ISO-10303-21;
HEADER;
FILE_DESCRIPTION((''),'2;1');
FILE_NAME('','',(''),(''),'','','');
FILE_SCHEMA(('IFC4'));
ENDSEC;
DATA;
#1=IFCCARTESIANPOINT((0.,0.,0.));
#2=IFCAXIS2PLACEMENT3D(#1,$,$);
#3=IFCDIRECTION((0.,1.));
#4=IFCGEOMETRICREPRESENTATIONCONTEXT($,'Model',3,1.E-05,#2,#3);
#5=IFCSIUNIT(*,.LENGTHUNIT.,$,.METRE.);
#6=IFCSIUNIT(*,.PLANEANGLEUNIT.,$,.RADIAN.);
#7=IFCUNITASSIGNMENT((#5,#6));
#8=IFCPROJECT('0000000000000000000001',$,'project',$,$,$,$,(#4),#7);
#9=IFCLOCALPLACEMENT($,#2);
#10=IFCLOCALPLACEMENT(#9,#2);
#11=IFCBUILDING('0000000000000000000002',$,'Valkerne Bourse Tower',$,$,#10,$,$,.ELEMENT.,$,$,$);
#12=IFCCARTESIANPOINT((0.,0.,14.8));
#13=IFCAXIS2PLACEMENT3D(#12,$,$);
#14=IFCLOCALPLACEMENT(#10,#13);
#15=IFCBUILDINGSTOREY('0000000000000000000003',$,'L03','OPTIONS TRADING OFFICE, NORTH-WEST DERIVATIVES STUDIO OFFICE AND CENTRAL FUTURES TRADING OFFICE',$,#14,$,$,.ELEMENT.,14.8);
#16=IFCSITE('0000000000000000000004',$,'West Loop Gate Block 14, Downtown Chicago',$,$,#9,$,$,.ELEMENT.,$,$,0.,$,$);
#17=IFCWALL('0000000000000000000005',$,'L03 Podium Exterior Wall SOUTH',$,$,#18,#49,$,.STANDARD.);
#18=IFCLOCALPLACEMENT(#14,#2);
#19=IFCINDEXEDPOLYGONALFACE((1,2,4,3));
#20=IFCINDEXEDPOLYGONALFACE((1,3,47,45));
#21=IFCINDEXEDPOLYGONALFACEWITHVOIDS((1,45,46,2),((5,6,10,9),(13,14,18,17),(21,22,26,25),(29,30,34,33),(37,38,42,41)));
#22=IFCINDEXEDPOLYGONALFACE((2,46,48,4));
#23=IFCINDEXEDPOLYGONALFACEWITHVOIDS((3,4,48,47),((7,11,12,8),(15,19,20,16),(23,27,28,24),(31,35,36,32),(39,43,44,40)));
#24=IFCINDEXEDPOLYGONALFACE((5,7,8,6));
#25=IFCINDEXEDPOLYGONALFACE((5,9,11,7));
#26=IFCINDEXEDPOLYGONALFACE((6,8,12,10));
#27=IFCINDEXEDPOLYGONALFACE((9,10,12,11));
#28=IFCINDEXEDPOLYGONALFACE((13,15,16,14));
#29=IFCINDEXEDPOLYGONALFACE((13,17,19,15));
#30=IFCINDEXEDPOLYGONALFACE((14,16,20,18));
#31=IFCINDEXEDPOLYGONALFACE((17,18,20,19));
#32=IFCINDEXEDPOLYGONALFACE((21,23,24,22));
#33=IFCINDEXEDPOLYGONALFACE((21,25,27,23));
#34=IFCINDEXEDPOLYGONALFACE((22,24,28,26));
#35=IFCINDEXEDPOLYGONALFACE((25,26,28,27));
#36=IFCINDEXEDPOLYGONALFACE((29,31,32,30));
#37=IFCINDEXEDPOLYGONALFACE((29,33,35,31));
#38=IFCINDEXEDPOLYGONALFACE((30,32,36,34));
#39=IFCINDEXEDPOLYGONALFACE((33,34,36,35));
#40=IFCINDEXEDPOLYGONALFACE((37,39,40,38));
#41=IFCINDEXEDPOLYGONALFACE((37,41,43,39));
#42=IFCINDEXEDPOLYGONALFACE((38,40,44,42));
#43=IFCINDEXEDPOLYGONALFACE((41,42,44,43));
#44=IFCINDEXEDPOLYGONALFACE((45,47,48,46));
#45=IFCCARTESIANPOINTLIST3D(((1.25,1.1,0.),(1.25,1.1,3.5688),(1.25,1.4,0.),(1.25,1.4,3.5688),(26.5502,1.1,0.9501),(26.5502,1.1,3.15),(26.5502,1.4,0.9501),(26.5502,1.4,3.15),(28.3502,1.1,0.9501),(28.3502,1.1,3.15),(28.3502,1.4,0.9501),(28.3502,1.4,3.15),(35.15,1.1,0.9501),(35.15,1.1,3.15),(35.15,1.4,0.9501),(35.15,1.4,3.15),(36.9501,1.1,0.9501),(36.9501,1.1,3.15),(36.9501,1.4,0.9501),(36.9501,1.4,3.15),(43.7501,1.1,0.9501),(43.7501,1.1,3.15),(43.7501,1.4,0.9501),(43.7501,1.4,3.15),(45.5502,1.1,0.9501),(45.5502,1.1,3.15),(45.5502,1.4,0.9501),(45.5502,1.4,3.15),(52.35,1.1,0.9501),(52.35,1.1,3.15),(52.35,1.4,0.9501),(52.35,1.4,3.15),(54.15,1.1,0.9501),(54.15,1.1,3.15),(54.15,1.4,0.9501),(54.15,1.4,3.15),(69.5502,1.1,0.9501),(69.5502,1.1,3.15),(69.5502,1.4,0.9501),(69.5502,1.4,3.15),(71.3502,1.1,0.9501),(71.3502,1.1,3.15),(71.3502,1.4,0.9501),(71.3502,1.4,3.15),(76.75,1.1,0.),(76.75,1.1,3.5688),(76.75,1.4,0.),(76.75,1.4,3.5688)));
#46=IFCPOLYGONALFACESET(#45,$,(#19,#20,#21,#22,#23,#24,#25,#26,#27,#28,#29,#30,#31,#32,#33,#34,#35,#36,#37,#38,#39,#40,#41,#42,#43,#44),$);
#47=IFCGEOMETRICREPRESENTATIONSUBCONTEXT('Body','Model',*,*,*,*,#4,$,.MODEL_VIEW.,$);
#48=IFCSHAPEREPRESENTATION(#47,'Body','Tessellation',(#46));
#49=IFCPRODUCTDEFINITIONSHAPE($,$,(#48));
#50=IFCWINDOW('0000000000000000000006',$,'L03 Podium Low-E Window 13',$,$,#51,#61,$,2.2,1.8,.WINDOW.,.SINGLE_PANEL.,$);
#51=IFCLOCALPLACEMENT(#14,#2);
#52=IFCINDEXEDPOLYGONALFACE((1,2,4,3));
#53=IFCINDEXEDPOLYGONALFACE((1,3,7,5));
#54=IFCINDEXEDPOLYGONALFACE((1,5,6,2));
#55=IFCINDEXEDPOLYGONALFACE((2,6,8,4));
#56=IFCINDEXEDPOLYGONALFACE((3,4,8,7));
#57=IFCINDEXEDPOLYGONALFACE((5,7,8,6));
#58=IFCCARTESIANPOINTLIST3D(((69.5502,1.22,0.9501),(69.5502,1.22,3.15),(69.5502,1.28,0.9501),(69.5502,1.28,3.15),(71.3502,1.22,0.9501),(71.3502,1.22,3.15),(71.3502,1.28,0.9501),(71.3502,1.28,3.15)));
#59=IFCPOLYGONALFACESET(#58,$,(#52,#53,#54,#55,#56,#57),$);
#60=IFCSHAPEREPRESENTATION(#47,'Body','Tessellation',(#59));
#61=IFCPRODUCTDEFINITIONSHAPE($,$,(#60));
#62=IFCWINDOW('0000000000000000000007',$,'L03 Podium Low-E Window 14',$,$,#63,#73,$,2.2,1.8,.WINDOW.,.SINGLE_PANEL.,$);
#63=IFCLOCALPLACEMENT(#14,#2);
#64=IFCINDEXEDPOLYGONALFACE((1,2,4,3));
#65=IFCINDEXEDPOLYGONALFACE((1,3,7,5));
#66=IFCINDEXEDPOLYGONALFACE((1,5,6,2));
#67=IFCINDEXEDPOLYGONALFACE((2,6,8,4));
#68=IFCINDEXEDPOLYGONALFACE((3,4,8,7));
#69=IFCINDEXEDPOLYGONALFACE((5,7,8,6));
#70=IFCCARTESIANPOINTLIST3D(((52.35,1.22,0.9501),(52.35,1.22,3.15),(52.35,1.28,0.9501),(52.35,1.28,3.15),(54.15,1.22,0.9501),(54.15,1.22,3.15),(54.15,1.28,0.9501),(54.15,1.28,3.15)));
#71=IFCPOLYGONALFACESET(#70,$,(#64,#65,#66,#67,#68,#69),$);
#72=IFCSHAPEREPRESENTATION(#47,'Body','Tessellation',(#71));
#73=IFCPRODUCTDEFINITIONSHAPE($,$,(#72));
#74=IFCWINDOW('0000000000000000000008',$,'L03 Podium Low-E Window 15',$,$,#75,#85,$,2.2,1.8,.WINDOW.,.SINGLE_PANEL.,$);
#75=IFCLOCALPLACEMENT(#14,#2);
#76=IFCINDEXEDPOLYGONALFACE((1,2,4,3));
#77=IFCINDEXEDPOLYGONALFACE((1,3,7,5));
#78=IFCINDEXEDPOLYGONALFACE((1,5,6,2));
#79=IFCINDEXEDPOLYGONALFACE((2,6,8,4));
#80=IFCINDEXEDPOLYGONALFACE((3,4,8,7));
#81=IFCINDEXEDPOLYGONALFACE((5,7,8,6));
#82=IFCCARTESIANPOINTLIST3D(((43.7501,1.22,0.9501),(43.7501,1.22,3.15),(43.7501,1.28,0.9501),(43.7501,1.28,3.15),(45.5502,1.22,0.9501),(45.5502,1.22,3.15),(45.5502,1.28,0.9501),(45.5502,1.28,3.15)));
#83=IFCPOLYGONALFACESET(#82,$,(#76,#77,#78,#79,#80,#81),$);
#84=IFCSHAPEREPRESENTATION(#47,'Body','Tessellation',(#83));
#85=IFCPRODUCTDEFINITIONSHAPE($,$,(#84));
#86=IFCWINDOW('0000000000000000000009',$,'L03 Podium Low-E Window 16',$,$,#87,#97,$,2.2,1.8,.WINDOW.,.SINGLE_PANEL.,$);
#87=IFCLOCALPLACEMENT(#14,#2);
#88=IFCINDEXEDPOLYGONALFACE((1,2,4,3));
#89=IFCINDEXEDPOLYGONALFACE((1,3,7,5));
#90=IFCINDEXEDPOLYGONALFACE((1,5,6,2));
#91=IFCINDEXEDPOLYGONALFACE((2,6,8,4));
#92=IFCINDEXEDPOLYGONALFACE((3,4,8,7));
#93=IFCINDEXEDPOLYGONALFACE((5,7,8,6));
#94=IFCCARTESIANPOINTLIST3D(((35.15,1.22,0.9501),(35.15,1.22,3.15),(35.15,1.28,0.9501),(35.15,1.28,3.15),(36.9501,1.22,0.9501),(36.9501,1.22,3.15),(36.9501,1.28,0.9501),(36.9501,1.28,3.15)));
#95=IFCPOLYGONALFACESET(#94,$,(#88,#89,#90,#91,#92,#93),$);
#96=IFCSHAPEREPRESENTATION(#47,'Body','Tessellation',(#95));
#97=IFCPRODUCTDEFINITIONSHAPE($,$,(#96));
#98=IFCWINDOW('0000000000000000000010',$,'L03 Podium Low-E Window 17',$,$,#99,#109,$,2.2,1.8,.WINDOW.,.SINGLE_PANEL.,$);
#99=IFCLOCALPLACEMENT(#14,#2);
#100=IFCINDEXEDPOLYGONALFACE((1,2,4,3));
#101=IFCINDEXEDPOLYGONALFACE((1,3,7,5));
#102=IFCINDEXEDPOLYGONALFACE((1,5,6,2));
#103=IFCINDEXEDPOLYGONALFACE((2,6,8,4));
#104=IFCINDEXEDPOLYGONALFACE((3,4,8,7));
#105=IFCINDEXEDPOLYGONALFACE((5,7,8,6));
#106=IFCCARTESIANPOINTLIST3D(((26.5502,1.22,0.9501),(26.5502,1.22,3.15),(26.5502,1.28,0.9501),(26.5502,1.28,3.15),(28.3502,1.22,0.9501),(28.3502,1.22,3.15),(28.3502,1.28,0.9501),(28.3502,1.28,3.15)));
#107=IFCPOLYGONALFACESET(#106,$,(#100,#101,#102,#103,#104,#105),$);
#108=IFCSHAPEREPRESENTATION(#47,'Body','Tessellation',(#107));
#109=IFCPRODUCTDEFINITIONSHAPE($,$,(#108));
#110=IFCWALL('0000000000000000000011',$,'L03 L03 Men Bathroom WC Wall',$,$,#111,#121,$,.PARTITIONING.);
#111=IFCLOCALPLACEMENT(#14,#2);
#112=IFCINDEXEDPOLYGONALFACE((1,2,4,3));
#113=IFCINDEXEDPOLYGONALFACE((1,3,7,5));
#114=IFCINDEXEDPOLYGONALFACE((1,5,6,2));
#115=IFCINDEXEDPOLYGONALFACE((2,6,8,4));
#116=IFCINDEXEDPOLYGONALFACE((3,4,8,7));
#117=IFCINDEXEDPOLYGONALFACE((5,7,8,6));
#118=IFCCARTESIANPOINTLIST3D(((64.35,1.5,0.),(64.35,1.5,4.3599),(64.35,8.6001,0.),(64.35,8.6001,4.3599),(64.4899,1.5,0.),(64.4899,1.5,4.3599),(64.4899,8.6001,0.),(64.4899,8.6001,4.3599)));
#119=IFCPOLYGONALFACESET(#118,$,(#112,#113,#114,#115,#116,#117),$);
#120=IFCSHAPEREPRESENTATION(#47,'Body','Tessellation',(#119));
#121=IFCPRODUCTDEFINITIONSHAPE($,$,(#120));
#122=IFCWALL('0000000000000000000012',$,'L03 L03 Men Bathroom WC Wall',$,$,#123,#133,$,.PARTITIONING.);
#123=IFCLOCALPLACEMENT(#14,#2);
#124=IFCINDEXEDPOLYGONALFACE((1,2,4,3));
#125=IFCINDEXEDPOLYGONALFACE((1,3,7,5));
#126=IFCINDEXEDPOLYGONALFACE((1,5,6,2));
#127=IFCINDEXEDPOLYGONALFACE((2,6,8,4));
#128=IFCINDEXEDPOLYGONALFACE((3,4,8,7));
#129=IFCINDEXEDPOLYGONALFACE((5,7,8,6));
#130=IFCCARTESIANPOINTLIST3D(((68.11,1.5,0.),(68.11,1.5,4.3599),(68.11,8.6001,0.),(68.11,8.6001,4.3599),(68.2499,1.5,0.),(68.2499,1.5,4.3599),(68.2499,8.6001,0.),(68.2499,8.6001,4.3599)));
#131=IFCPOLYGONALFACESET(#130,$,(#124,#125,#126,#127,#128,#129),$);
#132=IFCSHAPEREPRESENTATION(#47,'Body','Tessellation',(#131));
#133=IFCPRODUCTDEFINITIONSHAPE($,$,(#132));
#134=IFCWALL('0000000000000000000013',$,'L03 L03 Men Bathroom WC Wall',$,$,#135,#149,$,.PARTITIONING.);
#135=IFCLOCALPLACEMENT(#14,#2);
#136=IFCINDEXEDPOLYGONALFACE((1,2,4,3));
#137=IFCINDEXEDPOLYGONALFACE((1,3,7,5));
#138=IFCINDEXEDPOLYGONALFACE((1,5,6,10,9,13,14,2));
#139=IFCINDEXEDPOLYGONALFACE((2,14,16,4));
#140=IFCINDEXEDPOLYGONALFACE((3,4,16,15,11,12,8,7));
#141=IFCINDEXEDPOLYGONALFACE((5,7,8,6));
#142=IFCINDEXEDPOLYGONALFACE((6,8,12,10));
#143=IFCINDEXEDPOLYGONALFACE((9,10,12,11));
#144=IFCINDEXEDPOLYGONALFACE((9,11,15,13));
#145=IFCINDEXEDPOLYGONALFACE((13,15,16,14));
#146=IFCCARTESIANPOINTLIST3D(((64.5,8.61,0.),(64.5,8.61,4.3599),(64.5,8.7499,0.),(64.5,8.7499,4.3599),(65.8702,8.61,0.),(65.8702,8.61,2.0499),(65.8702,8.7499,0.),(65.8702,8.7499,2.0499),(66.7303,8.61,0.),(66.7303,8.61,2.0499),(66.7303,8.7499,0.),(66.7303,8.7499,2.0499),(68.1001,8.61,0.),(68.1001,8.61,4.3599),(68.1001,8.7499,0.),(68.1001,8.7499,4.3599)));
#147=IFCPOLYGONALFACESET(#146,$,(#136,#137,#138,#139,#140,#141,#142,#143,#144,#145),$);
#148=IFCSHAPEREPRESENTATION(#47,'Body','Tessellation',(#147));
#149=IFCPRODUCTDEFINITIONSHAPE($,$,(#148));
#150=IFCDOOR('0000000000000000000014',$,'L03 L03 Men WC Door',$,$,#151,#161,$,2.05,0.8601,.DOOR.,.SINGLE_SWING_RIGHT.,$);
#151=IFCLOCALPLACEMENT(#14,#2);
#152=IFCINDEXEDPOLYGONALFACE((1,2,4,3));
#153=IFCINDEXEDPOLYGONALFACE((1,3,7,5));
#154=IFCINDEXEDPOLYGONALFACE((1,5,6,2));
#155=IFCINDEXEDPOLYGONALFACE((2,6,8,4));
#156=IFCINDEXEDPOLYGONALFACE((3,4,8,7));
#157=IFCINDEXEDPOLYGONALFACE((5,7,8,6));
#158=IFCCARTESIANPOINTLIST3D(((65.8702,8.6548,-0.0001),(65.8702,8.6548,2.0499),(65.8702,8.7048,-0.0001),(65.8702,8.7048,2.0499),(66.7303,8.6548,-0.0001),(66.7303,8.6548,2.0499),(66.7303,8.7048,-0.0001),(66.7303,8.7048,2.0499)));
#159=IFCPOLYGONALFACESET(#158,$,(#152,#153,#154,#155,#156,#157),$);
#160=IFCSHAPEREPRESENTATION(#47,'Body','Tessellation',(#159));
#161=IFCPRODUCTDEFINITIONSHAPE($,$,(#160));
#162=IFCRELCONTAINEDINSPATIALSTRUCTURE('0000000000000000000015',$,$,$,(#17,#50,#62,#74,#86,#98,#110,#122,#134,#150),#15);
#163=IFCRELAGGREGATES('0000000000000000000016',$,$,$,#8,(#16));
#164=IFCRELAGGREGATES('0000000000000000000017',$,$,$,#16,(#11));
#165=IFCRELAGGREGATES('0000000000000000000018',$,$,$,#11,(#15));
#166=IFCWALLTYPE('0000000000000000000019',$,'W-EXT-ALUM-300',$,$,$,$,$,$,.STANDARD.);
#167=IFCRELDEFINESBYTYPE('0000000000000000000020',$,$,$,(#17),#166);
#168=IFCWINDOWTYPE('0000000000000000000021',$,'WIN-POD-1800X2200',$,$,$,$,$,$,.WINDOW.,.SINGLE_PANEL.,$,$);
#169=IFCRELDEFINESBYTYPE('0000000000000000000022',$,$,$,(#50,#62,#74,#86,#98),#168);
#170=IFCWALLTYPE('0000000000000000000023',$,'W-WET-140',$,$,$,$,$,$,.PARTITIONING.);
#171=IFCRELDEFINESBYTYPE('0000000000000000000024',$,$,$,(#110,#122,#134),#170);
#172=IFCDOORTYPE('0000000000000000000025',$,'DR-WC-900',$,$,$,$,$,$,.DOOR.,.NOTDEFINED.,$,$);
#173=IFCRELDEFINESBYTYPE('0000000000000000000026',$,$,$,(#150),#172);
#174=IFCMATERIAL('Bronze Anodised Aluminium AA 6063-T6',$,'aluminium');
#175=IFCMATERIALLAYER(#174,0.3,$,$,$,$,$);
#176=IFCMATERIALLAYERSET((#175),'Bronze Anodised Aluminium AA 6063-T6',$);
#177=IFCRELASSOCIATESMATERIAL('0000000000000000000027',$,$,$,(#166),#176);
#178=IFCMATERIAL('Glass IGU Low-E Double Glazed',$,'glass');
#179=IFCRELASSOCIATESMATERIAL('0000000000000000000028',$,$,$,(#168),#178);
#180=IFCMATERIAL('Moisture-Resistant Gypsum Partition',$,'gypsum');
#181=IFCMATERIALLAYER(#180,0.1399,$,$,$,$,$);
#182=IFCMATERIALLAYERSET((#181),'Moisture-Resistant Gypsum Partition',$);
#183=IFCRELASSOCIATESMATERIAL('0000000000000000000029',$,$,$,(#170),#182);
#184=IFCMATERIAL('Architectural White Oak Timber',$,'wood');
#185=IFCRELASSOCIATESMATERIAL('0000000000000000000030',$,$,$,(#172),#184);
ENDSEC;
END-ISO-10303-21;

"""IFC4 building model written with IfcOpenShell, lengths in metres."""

from ifc_helpers import new_model, si_unit, direction, frame, frame_2d, origin, place, context, subcontext, project, spatial, rectangle, extrude, material, layer, layer_set, type_object, element, fill, save


model = new_model("IFC4")

# Units and contexts
model_context = context("Model", 3, precision=1e-05, world=origin(), true_north=direction((0.0, 1.0)))
body_context = subcontext(model_context, "Body", "Model", "MODEL_VIEW")
ifc_project = project(units=[si_unit("LENGTHUNIT", "METRE"), si_unit("PLANEANGLEUNIT", "RADIAN")], contexts=[model_context])

# Site, building, storey
site_placement = place(None, origin())
site = spatial("IfcSite", under=ifc_project, at=site_placement, Name="West Loop Gate Block 14, Downtown Chicago", CompositionType="ELEMENT", RefElevation=0.0)
building_placement = place(site_placement, origin())
building = spatial("IfcBuilding", under=site, at=building_placement, Name="Valkerne Bourse Tower", CompositionType="ELEMENT")
storey_placement = place(building_placement, frame((0.0, 0.0, 14.8)))
storey = spatial("IfcBuildingStorey", under=building, at=storey_placement, Name="L03", Description="OPTIONS TRADING OFFICE, NORTH-WEST DERIVATIVES STUDIO OFFICE AND CENTRAL FUTURES TRADING OFFICE", CompositionType="ELEMENT", Elevation=14.8)

# Wall, openings, windows
ifc_material_1 = material(Name="Bronze Anodised Aluminium AA 6063-T6", Category="aluminium")
ifc_layer_1 = layer(ifc_material_1, 0.3)
ifc_layer_set_1 = layer_set([ifc_layer_1], Name="Bronze Anodised Aluminium AA 6063-T6")
wall_type_1 = type_object("IfcWallType", Name="W-EXT-ALUM-300", PredefinedType="STANDARD", material=ifc_layer_set_1)
wall_1_placement = place(storey_placement, frame((76.75, 1.25, 0.0), z_axis=(0.0, 0.0, 1.0), x_axis=(-1.0, 0.0, 0.0)))
wall_1 = element("IfcWall", 1, at=wall_1_placement, inside=storey, type_object=wall_type_1, Name="L03 Podium Exterior Wall SOUTH", PredefinedType="STANDARD", context=body_context, shape_type="SweptSolid", body=[
    extrude(rectangle(XDim=75.5, YDim=0.3, at=frame_2d((37.75, 0.0))), origin(), (0.0, 0.0, 1.0), 3.5688),
])
opening_1_placement = place(wall_1_placement, frame((5.3999, 0.0, 0.95)))
opening_1 = element("IfcOpeningElement", 2, at=opening_1_placement, cuts=wall_1, PredefinedType="OPENING", context=body_context, shape_type="SweptSolid", body=[
    extrude(rectangle(XDim=1.8, YDim=2.2, at=frame_2d((0.8999, 1.1001))), frame((0.0, 0.1599, 0.0), z_axis=(0.0, -1.0, 0.0), x_axis=(1.0, 0.0, 0.0)), (0.0, 0.0, 1.0), 0.3201),
])
opening_2_placement = place(wall_1_placement, frame((22.6001, 0.0, 0.95)))
opening_2 = element("IfcOpeningElement", 3, at=opening_2_placement, cuts=wall_1, PredefinedType="OPENING", context=body_context, shape_type="SweptSolid", body=[
    extrude(rectangle(XDim=1.8, YDim=2.2, at=frame_2d((0.8999, 1.1001))), frame((0.0, 0.1599, 0.0), z_axis=(0.0, -1.0, 0.0), x_axis=(1.0, 0.0, 0.0)), (0.0, 0.0, 1.0), 0.3201),
])
opening_3_placement = place(wall_1_placement, frame((31.2, 0.0, 0.95)))
opening_3 = element("IfcOpeningElement", 4, at=opening_3_placement, cuts=wall_1, PredefinedType="OPENING", context=body_context, shape_type="SweptSolid", body=[
    extrude(rectangle(XDim=1.8, YDim=2.2, at=frame_2d((0.8999, 1.1001))), frame((0.0, 0.1599, 0.0), z_axis=(0.0, -1.0, 0.0), x_axis=(1.0, 0.0, 0.0)), (0.0, 0.0, 1.0), 0.3201),
])
opening_4_placement = place(wall_1_placement, frame((39.8, 0.0, 0.95)))
opening_4 = element("IfcOpeningElement", 5, at=opening_4_placement, cuts=wall_1, PredefinedType="OPENING", context=body_context, shape_type="SweptSolid", body=[
    extrude(rectangle(XDim=1.8, YDim=2.2, at=frame_2d((0.8999, 1.1001))), frame((0.0, 0.1599, 0.0), z_axis=(0.0, -1.0, 0.0), x_axis=(1.0, 0.0, 0.0)), (0.0, 0.0, 1.0), 0.3201),
])
opening_5_placement = place(wall_1_placement, frame((48.3999, 0.0, 0.95)))
opening_5 = element("IfcOpeningElement", 6, at=opening_5_placement, cuts=wall_1, PredefinedType="OPENING", context=body_context, shape_type="SweptSolid", body=[
    extrude(rectangle(XDim=1.8, YDim=2.2, at=frame_2d((0.8999, 1.1001))), frame((0.0, 0.1599, 0.0), z_axis=(0.0, -1.0, 0.0), x_axis=(1.0, 0.0, 0.0)), (0.0, 0.0, 1.0), 0.3201),
])
ifc_material_2 = material(Name="Glass IGU Low-E Double Glazed", Category="glass")
window_type = type_object("IfcWindowType", Name="WIN-POD-1800X2200", PartitioningType="SINGLE_PANEL", PredefinedType="WINDOW", material=ifc_material_2)
window_1_placement = place(opening_1_placement, origin())
window_1 = element("IfcWindow", 7, at=window_1_placement, inside=storey, type_object=window_type, Name="L03 Podium Low-E Window 13", OverallHeight=2.2, OverallWidth=1.8, PartitioningType="SINGLE_PANEL", PredefinedType="WINDOW", context=body_context, shape_type="SweptSolid", body=[
    extrude(rectangle(XDim=1.8, YDim=2.2, at=frame_2d((0.8999, 1.1001))), frame((0.0, 0.03, 0.0), z_axis=(0.0, -1.0, 0.0), x_axis=(1.0, 0.0, 0.0)), (0.0, 0.0, 1.0), 0.0601),
])
fill(opening_1, window_1)
window_2_placement = place(opening_2_placement, origin())
window_2 = element("IfcWindow", 8, at=window_2_placement, inside=storey, type_object=window_type, Name="L03 Podium Low-E Window 14", OverallHeight=2.2, OverallWidth=1.8, PartitioningType="SINGLE_PANEL", PredefinedType="WINDOW", context=body_context, shape_type="SweptSolid", body=[
    extrude(rectangle(XDim=1.8, YDim=2.2, at=frame_2d((0.8999, 1.1001))), frame((0.0, 0.03, 0.0), z_axis=(0.0, -1.0, 0.0), x_axis=(1.0, 0.0, 0.0)), (0.0, 0.0, 1.0), 0.0601),
])
fill(opening_2, window_2)
window_3_placement = place(opening_3_placement, origin())
window_3 = element("IfcWindow", 9, at=window_3_placement, inside=storey, type_object=window_type, Name="L03 Podium Low-E Window 15", OverallHeight=2.2, OverallWidth=1.8, PartitioningType="SINGLE_PANEL", PredefinedType="WINDOW", context=body_context, shape_type="SweptSolid", body=[
    extrude(rectangle(XDim=1.8, YDim=2.2, at=frame_2d((0.8999, 1.1001))), frame((0.0, 0.03, 0.0), z_axis=(0.0, -1.0, 0.0), x_axis=(1.0, 0.0, 0.0)), (0.0, 0.0, 1.0), 0.0601),
])
fill(opening_3, window_3)
window_4_placement = place(opening_4_placement, origin())
window_4 = element("IfcWindow", 10, at=window_4_placement, inside=storey, type_object=window_type, Name="L03 Podium Low-E Window 16", OverallHeight=2.2, OverallWidth=1.8, PartitioningType="SINGLE_PANEL", PredefinedType="WINDOW", context=body_context, shape_type="SweptSolid", body=[
    extrude(rectangle(XDim=1.8, YDim=2.2, at=frame_2d((0.8999, 1.1001))), frame((0.0, 0.03, 0.0), z_axis=(0.0, -1.0, 0.0), x_axis=(1.0, 0.0, 0.0)), (0.0, 0.0, 1.0), 0.0601),
])
fill(opening_4, window_4)
window_5_placement = place(opening_5_placement, origin())
window_5 = element("IfcWindow", 11, at=window_5_placement, inside=storey, type_object=window_type, Name="L03 Podium Low-E Window 17", OverallHeight=2.2, OverallWidth=1.8, PartitioningType="SINGLE_PANEL", PredefinedType="WINDOW", context=body_context, shape_type="SweptSolid", body=[
    extrude(rectangle(XDim=1.8, YDim=2.2, at=frame_2d((0.8999, 1.1001))), frame((0.0, 0.03, 0.0), z_axis=(0.0, -1.0, 0.0), x_axis=(1.0, 0.0, 0.0)), (0.0, 0.0, 1.0), 0.0601),
])
fill(opening_5, window_5)

# Walls
ifc_material_3 = material(Name="Moisture-Resistant Gypsum Partition", Category="gypsum")
ifc_layer_2 = layer(ifc_material_3, 0.1399)
ifc_layer_set_2 = layer_set([ifc_layer_2], Name="Moisture-Resistant Gypsum Partition")
wall_type_2 = type_object("IfcWallType", Name="W-WET-140", PredefinedType="PARTITIONING", material=ifc_layer_set_2)
for number, where, z_axis, x_axis, name in (
    (12, (64.4199, 1.5, 0.0), (0.0, 0.0, 1.0), (0.0, 1.0, 0.0), "L03 L03 Men Bathroom WC Wall"),
    (13, (68.1799, 1.5, 0.0), (0.0, 0.0, 1.0), (0.0, 1.0, 0.0), "L03 L03 Men Bathroom WC Wall"),
):
    element("IfcWall", number, at=place(storey_placement, frame(where, z_axis=z_axis, x_axis=x_axis)), inside=storey, type_object=wall_type_2, Name=name, PredefinedType="PARTITIONING", context=body_context, shape_type="SweptSolid", body=[
        extrude(rectangle(XDim=7.1001, YDim=0.1399, at=frame_2d((3.55, 0.0))), origin(), (0.0, 0.0, 1.0), 4.3599),
    ])

# Wall, opening, door
wall_2_placement = place(storey_placement, frame((64.5, 8.6799, 0.0), z_axis=(0.0, 0.0, 1.0), x_axis=(1.0, 0.0, 0.0)))
wall_2 = element("IfcWall", 14, at=wall_2_placement, inside=storey, type_object=wall_type_2, Name="L03 L03 Men Bathroom WC Wall", PredefinedType="PARTITIONING", context=body_context, shape_type="SweptSolid", body=[
    extrude(rectangle(XDim=3.6001, YDim=0.1399, at=frame_2d((1.8, 0.0))), origin(), (0.0, 0.0, 1.0), 4.3599),
])
opening_6_placement = place(wall_2_placement, frame((1.3701, 0.0, 0.0)))
opening_6 = element("IfcOpeningElement", 15, at=opening_6_placement, cuts=wall_2, PredefinedType="OPENING", context=body_context, shape_type="SweptSolid", body=[
    extrude(rectangle(XDim=0.8601, YDim=2.05, at=frame_2d((0.4302, 1.0249))), frame((0.0, 0.0798, 0.0), z_axis=(0.0, -1.0, 0.0), x_axis=(1.0, 0.0, 0.0)), (0.0, 0.0, 1.0), 0.1599),
])
ifc_material_4 = material(Name="Architectural White Oak Timber", Category="wood")
door_type = type_object("IfcDoorType", Name="DR-WC-900", OperationType="NOTDEFINED", PredefinedType="DOOR", material=ifc_material_4)
door_1_placement = place(opening_6_placement, origin())
door_1 = element("IfcDoor", 16, at=door_1_placement, inside=storey, type_object=door_type, Name="L03 L03 Men WC Door", OperationType="SINGLE_SWING_RIGHT", OverallHeight=2.05, OverallWidth=0.8601, PredefinedType="DOOR", context=body_context, shape_type="SweptSolid", body=[
    extrude(rectangle(XDim=0.8601, YDim=2.05, at=frame_2d((0.4302, 1.0249))), frame((0.0, 0.0249, 0.0), z_axis=(0.0, -1.0, 0.0), x_axis=(1.0, 0.0, 0.0)), (0.0, 0.0, 1.0), 0.05),
])
fill(opening_6, door_1)

save(model, "model.ifc")
